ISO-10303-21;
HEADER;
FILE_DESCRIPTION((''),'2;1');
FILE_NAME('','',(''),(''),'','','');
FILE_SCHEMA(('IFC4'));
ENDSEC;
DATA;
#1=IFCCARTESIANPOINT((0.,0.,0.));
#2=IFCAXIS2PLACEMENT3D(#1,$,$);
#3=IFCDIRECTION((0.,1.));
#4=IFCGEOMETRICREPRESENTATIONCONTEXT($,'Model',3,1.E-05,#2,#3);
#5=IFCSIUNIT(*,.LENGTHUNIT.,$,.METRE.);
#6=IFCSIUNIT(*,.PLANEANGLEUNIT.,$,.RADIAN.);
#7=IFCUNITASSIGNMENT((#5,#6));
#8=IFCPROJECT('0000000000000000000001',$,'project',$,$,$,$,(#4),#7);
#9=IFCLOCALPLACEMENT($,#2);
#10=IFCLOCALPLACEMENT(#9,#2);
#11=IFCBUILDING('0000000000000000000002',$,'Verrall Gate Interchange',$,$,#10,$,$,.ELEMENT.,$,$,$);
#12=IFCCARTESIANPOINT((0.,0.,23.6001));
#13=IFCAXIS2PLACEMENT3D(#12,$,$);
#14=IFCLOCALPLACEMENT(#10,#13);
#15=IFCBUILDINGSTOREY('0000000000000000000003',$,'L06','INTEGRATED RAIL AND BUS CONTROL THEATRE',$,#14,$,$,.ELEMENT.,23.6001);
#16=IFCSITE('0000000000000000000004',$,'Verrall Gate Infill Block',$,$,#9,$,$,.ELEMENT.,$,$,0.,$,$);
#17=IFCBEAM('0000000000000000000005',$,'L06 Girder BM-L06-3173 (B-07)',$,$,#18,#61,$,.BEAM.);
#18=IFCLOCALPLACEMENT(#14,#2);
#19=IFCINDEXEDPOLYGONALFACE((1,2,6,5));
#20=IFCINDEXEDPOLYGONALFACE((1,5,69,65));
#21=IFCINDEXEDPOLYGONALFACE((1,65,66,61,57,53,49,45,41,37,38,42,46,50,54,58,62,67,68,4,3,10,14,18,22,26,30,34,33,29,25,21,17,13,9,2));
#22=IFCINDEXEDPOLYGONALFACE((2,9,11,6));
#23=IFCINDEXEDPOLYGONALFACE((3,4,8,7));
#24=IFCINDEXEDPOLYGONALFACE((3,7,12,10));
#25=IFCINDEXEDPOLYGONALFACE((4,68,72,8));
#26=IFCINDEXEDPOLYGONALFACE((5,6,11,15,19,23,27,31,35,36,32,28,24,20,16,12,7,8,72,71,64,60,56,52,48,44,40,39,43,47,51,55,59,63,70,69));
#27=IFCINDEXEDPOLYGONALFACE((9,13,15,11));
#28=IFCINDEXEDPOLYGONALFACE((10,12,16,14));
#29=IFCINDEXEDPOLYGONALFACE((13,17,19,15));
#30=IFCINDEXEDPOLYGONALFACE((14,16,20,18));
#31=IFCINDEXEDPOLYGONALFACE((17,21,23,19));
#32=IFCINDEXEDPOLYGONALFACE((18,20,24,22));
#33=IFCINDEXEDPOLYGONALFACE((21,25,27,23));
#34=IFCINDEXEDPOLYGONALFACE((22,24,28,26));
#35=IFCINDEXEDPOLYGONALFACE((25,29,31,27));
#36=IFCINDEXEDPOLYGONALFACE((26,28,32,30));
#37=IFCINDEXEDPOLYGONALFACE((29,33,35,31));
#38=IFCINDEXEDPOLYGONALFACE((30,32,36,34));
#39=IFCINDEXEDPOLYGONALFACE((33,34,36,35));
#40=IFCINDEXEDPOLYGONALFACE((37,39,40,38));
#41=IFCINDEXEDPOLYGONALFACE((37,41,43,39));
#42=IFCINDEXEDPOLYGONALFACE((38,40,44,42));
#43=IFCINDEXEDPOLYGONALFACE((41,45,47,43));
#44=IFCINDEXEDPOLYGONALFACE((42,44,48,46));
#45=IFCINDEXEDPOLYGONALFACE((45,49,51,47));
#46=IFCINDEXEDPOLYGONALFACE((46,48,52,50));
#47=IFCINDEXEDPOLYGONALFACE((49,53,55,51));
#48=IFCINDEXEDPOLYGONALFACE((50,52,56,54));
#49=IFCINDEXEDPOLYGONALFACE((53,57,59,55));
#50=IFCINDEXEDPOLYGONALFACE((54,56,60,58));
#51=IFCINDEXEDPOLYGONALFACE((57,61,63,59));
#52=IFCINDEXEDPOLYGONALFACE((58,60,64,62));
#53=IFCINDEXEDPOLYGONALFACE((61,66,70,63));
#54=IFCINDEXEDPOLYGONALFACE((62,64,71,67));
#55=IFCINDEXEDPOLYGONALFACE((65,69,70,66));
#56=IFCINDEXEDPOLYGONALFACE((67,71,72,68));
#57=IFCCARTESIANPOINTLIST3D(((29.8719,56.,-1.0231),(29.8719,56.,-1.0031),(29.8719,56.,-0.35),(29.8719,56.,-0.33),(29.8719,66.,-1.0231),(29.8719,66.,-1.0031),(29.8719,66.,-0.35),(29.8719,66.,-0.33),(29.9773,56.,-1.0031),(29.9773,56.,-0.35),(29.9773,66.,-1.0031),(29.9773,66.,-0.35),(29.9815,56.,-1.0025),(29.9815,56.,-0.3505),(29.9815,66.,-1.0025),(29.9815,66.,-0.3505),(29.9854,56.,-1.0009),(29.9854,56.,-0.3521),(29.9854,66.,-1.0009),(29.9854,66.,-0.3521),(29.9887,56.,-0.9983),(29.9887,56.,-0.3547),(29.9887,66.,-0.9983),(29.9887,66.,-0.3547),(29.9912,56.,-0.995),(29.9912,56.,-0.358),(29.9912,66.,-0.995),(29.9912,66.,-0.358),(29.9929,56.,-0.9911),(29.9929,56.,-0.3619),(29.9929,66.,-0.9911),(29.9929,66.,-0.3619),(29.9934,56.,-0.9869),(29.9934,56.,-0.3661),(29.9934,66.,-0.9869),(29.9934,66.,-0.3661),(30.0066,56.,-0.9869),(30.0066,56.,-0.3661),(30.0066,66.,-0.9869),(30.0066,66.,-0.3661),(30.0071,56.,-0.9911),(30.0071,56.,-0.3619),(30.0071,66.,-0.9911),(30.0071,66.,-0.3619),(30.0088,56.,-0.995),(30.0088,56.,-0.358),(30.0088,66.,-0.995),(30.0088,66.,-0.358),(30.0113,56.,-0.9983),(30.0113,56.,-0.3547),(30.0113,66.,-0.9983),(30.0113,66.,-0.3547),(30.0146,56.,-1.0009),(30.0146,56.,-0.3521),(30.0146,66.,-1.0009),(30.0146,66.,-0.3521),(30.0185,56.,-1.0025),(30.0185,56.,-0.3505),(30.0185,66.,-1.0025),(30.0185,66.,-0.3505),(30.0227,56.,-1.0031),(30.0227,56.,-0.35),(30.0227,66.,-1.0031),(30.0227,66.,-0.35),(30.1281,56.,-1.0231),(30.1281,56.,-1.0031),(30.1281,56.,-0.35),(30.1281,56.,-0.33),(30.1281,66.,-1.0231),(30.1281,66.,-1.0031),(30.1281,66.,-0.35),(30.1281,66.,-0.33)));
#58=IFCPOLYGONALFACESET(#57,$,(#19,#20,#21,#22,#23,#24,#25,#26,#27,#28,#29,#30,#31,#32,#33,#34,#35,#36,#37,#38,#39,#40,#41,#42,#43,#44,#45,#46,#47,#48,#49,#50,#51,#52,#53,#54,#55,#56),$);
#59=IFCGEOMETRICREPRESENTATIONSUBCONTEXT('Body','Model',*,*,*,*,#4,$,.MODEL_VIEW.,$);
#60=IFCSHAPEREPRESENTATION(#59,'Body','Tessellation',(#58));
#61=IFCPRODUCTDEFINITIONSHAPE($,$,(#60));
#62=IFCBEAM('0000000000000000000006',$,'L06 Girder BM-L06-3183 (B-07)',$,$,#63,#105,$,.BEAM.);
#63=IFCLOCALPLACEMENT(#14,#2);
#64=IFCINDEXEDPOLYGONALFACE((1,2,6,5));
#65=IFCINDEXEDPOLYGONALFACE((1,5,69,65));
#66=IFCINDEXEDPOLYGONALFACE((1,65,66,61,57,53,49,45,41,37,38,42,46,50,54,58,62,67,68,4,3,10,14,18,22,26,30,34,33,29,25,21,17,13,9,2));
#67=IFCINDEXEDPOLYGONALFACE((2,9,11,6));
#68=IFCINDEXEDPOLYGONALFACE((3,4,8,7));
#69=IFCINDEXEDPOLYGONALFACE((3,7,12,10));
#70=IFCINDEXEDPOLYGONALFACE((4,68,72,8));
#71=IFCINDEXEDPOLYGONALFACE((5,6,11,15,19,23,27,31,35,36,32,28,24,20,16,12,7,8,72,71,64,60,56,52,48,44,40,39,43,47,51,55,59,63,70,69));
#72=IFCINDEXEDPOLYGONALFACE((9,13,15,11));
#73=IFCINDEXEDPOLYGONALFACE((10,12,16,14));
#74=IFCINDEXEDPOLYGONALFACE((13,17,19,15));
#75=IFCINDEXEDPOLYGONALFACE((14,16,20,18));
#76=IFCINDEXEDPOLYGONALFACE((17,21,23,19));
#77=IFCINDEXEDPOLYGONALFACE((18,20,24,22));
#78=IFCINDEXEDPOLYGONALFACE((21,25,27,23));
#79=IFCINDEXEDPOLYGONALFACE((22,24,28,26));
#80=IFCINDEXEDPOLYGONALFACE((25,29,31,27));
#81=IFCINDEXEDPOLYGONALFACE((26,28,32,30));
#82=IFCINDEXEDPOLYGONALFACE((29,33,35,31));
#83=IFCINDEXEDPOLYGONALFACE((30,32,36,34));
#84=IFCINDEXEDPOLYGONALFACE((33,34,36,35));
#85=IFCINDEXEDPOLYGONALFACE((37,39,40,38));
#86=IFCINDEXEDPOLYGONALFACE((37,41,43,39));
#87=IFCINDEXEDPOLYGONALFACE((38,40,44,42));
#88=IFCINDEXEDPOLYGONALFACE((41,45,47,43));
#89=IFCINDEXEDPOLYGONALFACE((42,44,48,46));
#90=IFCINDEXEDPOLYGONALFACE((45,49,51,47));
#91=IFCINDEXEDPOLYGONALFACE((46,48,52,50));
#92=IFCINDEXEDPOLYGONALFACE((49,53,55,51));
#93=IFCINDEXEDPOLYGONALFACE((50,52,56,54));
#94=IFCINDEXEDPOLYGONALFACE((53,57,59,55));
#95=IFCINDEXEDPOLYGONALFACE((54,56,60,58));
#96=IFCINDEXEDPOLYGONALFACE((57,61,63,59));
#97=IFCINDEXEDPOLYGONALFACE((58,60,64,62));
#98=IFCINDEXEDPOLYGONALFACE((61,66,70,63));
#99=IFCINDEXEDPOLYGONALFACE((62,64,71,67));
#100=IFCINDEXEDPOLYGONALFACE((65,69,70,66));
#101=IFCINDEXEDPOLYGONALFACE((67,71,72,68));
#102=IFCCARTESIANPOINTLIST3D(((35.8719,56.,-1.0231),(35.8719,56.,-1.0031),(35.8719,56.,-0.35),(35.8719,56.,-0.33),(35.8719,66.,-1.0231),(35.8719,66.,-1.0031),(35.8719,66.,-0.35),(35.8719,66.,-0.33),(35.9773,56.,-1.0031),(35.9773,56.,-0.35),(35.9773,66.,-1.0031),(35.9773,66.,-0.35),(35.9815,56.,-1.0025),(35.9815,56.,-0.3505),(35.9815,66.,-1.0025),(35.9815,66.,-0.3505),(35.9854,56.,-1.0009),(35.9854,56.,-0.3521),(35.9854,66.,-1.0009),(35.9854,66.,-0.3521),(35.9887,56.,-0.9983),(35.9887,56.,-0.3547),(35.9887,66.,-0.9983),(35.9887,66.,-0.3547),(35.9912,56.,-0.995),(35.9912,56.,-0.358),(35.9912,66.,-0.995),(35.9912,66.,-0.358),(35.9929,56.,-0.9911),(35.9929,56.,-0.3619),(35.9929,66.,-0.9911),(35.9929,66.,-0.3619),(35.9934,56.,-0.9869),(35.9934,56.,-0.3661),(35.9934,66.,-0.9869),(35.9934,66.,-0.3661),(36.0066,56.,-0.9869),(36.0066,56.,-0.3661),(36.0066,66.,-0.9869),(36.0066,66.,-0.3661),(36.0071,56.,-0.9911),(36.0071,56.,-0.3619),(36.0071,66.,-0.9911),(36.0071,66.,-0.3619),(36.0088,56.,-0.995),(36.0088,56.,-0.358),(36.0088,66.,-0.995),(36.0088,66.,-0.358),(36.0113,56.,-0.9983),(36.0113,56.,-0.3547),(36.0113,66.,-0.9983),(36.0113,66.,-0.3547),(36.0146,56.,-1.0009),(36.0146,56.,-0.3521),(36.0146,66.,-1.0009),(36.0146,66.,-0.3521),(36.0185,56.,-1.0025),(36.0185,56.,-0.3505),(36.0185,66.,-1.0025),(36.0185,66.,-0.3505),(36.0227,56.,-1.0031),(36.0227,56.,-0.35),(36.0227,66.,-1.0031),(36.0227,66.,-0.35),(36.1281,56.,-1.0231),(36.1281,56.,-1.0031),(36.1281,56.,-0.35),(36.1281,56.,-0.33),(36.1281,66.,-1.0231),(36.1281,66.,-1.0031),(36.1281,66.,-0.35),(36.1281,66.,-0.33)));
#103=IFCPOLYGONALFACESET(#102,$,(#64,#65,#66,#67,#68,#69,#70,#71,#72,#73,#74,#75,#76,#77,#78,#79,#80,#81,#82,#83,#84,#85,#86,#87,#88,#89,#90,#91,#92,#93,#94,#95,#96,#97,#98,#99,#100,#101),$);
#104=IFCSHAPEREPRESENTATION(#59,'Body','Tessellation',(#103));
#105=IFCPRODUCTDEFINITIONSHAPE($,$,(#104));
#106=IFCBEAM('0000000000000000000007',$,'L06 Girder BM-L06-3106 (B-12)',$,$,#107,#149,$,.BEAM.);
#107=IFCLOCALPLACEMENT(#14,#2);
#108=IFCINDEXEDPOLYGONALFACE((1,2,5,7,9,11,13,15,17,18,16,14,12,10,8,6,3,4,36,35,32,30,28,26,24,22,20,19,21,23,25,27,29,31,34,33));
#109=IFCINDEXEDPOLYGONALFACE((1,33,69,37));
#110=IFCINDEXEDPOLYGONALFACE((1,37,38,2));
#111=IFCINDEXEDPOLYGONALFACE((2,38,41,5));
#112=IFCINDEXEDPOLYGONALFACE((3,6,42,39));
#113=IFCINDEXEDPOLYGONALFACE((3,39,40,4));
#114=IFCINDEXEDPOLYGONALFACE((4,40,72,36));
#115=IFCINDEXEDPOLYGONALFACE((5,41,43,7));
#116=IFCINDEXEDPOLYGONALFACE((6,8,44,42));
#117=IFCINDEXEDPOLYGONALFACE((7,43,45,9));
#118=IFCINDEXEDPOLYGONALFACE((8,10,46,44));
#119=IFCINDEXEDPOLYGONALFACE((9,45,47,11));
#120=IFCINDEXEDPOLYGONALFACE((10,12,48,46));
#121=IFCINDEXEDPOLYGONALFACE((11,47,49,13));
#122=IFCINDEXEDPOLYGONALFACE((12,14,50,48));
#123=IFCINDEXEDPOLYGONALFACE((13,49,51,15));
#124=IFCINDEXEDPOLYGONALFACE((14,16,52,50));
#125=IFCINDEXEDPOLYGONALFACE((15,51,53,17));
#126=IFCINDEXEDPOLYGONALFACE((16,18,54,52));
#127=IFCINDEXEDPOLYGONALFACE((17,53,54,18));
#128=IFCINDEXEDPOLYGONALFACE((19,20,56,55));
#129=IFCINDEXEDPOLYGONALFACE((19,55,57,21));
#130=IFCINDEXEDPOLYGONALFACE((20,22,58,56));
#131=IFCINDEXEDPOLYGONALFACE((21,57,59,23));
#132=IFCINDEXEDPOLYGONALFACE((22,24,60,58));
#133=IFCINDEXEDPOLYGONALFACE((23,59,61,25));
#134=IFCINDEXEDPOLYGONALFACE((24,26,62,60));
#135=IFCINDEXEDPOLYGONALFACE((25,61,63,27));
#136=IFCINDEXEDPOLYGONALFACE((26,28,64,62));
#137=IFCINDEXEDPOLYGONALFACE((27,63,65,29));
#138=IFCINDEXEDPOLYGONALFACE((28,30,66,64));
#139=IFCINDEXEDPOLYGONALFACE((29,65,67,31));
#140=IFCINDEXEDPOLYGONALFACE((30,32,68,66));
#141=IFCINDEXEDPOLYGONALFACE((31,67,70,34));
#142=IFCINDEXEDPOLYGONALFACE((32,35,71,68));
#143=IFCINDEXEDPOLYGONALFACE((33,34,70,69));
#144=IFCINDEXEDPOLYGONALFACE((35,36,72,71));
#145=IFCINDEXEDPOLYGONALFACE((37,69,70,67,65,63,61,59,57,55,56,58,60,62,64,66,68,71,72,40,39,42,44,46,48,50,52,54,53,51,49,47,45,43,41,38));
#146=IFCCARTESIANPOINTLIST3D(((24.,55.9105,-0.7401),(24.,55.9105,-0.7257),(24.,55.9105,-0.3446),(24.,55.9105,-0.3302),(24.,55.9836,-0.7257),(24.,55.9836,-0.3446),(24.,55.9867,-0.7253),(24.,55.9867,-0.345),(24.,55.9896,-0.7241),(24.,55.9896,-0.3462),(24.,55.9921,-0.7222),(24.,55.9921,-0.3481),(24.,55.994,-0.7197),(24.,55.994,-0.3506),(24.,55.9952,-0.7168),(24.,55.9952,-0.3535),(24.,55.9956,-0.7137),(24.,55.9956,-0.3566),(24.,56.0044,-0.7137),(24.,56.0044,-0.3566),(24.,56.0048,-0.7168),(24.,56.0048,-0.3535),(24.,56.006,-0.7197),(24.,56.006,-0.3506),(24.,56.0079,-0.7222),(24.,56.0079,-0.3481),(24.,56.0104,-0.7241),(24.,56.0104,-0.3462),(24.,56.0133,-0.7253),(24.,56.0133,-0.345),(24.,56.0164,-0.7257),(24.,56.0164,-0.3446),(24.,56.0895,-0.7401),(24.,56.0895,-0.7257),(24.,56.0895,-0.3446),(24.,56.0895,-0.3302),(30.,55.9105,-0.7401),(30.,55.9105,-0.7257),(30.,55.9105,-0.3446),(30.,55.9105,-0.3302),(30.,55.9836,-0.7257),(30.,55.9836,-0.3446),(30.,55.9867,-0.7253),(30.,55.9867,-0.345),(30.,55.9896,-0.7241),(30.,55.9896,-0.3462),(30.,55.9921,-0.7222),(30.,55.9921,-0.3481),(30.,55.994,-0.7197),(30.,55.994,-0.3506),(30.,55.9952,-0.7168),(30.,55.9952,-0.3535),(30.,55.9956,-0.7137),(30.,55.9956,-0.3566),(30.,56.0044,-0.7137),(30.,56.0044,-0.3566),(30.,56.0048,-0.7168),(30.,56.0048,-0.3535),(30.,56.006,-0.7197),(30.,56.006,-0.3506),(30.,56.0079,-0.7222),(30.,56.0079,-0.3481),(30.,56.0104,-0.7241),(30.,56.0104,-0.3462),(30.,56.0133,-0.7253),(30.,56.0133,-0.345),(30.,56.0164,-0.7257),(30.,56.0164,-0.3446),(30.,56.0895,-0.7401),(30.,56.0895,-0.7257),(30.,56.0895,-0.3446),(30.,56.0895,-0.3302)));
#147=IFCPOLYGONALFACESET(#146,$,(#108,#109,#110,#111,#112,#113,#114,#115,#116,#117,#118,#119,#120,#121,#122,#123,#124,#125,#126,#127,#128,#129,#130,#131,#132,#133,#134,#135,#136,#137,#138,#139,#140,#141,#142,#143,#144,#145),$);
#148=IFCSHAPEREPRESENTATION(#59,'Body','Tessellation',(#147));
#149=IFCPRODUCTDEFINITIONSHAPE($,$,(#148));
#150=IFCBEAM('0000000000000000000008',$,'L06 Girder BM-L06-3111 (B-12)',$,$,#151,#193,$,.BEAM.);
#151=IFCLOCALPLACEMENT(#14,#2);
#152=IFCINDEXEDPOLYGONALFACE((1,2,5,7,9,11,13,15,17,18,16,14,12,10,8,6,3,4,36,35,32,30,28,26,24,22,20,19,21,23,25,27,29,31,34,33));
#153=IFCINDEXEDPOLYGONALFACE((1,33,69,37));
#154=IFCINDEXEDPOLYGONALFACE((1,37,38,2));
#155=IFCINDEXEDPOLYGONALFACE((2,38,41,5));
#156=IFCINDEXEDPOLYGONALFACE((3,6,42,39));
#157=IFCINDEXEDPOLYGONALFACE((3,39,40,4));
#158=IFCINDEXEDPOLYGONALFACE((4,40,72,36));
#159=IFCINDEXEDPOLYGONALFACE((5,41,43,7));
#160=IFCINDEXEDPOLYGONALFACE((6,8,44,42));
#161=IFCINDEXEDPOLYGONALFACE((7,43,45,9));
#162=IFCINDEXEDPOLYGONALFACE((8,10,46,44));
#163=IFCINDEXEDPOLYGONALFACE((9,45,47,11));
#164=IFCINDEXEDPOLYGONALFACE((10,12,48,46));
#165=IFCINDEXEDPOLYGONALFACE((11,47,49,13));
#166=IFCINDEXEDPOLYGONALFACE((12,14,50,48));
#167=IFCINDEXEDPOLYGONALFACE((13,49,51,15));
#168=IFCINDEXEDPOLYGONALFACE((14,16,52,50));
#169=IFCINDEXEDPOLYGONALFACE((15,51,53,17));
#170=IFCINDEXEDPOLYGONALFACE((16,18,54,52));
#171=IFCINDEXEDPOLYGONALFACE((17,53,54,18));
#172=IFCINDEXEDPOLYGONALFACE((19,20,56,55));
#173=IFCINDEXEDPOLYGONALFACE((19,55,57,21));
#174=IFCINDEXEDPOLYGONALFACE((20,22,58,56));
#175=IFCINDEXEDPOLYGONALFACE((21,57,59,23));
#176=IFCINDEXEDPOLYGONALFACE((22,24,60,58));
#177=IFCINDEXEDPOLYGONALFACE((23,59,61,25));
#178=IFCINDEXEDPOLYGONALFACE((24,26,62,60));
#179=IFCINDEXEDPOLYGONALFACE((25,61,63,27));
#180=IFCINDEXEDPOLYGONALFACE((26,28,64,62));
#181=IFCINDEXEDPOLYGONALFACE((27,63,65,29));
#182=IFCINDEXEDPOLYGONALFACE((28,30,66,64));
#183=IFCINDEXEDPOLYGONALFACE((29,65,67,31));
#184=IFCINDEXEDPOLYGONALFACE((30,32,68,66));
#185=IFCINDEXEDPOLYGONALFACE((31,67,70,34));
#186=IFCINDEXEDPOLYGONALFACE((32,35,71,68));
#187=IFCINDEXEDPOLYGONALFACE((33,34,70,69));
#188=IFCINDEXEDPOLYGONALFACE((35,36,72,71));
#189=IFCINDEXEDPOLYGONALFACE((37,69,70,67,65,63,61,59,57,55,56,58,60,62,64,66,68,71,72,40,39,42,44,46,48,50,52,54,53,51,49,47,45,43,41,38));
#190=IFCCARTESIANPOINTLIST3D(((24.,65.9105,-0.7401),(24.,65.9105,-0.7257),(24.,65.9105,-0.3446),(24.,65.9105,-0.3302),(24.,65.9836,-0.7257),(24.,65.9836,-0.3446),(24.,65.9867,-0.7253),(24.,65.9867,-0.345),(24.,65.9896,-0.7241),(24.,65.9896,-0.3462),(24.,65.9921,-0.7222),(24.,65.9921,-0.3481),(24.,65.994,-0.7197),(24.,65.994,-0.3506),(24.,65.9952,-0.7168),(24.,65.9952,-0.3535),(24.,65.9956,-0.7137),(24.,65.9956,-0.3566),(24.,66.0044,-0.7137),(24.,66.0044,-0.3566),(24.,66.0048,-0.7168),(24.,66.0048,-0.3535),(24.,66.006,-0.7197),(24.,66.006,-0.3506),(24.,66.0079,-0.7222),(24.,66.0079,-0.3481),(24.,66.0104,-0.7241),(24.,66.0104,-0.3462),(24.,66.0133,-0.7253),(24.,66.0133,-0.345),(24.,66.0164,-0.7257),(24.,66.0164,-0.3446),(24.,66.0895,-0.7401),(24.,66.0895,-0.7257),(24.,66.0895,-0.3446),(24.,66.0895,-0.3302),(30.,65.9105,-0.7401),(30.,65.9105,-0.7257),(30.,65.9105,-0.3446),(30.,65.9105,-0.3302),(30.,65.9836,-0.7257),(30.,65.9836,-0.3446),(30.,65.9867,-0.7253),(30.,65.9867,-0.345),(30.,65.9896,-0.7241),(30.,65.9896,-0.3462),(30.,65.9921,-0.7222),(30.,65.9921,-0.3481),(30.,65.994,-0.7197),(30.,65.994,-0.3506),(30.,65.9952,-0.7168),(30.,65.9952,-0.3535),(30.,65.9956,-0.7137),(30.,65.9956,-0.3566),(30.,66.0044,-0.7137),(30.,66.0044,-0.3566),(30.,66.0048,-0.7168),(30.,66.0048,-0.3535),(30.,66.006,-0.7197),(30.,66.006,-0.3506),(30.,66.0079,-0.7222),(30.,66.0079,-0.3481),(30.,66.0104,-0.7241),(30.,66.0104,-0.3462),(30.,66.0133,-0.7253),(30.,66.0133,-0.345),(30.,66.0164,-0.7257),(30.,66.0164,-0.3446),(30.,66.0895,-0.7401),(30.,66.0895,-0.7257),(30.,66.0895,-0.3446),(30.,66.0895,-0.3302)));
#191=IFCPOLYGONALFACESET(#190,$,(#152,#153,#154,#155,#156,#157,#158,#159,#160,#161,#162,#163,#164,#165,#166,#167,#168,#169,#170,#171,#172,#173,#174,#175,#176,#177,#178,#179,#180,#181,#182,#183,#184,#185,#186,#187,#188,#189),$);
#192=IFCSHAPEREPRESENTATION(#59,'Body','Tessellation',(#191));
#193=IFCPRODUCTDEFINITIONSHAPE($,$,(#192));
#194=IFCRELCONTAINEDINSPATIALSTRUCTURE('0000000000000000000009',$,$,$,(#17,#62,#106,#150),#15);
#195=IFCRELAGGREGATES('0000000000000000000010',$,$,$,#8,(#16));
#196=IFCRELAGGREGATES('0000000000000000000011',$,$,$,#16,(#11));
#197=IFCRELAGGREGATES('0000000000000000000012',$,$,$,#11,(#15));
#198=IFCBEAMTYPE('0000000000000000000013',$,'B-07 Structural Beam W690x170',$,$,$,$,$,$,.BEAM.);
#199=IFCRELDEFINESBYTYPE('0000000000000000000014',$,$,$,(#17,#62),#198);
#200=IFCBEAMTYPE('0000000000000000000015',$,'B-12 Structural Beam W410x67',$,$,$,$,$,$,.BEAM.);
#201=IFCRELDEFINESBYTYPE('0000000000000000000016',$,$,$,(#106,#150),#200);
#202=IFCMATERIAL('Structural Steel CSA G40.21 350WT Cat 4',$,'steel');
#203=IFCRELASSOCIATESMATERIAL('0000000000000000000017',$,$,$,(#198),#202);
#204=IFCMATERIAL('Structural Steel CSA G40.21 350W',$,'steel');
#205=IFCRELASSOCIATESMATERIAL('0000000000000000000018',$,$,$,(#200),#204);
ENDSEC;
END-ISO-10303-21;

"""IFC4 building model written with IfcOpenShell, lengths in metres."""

from ifc_helpers import new_model, si_unit, direction, frame, origin, origin_2d, place, context, subcontext, project, spatial, i_section, extrude, material, material_profile, profile_set, type_object, element, save


model = new_model("IFC4")

# Units and contexts
model_context = context("Model", 3, precision=1e-05, world=origin(), true_north=direction((0.0, 1.0)))
body_context = subcontext(model_context, "Body", "Model", "MODEL_VIEW")
ifc_project = project(units=[si_unit("LENGTHUNIT", "METRE"), si_unit("PLANEANGLEUNIT", "RADIAN")], contexts=[model_context])

# Site, building, storey
site_placement = place(None, origin())
site = spatial("IfcSite", under=ifc_project, at=site_placement, Name="Verrall Gate Infill Block", CompositionType="ELEMENT", RefElevation=0.0)
building_placement = place(site_placement, origin())
building = spatial("IfcBuilding", under=site, at=building_placement, Name="Verrall Gate Interchange", CompositionType="ELEMENT")
storey_placement = place(building_placement, frame((0.0, 0.0, 23.6001)))
storey = spatial("IfcBuildingStorey", under=building, at=storey_placement, Name="L06", Description="INTEGRATED RAIL AND BUS CONTROL THEATRE", CompositionType="ELEMENT", Elevation=23.6001)

# Beams
ifc_material_1 = material(Name="Structural Steel CSA G40.21 350WT Cat 4", Category="steel")
ifc_material_profile_1 = material_profile(ifc_material_1, i_section(OverallWidth=0.2561, OverallDepth=0.6931, WebThickness=0.0132, FlangeThickness=0.02, FilletRadius=0.0161, at=origin_2d()), Name="W690x170")
ifc_profile_set_1 = profile_set([ifc_material_profile_1], Name="Structural Steel CSA G40.21 350WT Cat 4")
beam_type_1 = type_object("IfcBeamType", Name="B-07 Structural Beam W690x170", PredefinedType="BEAM", material=ifc_profile_set_1)
for number, where, z_axis, x_axis, name in (
    (1, (30.0, 56.0, -0.6765), (0.0, 1.0, 0.0), (-1.0, 0.0, 0.0), "L06 Girder BM-L06-3173 (B-07)"),
    (2, (36.0, 56.0, -0.6765), (0.0, 1.0, 0.0), (-1.0, 0.0, 0.0), "L06 Girder BM-L06-3183 (B-07)"),
):
    element("IfcBeam", number, at=place(storey_placement, frame(where, z_axis=z_axis, x_axis=x_axis)), inside=storey, type_object=beam_type_1, Name=name, PredefinedType="BEAM", context=body_context, shape_type="SweptSolid", body=[
        extrude(i_section(OverallWidth=0.2561, OverallDepth=0.6931, WebThickness=0.0132, FlangeThickness=0.02, FilletRadius=0.0161, at=origin_2d()), origin(), (0.0, 0.0, 1.0), 10.0),
    ])
ifc_material_2 = material(Name="Structural Steel CSA G40.21 350W", Category="steel")
ifc_material_profile_2 = material_profile(ifc_material_2, i_section(OverallWidth=0.179, OverallDepth=0.4099, WebThickness=0.0088, FlangeThickness=0.0144, FilletRadius=0.012, at=origin_2d()), Name="W410x67")
ifc_profile_set_2 = profile_set([ifc_material_profile_2], Name="Structural Steel CSA G40.21 350W")
beam_type_2 = type_object("IfcBeamType", Name="B-12 Structural Beam W410x67", PredefinedType="BEAM", material=ifc_profile_set_2)
for number, where, z_axis, x_axis, name in (
    (3, (24.0, 56.0, -0.5352), (1.0, 0.0, 0.0), (0.0, 1.0, 0.0), "L06 Girder BM-L06-3106 (B-12)"),
    (4, (24.0, 66.0, -0.5352), (1.0, 0.0, 0.0), (0.0, 1.0, 0.0), "L06 Girder BM-L06-3111 (B-12)"),
):
    element("IfcBeam", number, at=place(storey_placement, frame(where, z_axis=z_axis, x_axis=x_axis)), inside=storey, type_object=beam_type_2, Name=name, PredefinedType="BEAM", context=body_context, shape_type="SweptSolid", body=[
        extrude(i_section(OverallWidth=0.179, OverallDepth=0.4099, WebThickness=0.0088, FlangeThickness=0.0144, FilletRadius=0.012, at=origin_2d()), origin(), (0.0, 0.0, 1.0), 6.0),
    ])

save(model, "model.ifc")
